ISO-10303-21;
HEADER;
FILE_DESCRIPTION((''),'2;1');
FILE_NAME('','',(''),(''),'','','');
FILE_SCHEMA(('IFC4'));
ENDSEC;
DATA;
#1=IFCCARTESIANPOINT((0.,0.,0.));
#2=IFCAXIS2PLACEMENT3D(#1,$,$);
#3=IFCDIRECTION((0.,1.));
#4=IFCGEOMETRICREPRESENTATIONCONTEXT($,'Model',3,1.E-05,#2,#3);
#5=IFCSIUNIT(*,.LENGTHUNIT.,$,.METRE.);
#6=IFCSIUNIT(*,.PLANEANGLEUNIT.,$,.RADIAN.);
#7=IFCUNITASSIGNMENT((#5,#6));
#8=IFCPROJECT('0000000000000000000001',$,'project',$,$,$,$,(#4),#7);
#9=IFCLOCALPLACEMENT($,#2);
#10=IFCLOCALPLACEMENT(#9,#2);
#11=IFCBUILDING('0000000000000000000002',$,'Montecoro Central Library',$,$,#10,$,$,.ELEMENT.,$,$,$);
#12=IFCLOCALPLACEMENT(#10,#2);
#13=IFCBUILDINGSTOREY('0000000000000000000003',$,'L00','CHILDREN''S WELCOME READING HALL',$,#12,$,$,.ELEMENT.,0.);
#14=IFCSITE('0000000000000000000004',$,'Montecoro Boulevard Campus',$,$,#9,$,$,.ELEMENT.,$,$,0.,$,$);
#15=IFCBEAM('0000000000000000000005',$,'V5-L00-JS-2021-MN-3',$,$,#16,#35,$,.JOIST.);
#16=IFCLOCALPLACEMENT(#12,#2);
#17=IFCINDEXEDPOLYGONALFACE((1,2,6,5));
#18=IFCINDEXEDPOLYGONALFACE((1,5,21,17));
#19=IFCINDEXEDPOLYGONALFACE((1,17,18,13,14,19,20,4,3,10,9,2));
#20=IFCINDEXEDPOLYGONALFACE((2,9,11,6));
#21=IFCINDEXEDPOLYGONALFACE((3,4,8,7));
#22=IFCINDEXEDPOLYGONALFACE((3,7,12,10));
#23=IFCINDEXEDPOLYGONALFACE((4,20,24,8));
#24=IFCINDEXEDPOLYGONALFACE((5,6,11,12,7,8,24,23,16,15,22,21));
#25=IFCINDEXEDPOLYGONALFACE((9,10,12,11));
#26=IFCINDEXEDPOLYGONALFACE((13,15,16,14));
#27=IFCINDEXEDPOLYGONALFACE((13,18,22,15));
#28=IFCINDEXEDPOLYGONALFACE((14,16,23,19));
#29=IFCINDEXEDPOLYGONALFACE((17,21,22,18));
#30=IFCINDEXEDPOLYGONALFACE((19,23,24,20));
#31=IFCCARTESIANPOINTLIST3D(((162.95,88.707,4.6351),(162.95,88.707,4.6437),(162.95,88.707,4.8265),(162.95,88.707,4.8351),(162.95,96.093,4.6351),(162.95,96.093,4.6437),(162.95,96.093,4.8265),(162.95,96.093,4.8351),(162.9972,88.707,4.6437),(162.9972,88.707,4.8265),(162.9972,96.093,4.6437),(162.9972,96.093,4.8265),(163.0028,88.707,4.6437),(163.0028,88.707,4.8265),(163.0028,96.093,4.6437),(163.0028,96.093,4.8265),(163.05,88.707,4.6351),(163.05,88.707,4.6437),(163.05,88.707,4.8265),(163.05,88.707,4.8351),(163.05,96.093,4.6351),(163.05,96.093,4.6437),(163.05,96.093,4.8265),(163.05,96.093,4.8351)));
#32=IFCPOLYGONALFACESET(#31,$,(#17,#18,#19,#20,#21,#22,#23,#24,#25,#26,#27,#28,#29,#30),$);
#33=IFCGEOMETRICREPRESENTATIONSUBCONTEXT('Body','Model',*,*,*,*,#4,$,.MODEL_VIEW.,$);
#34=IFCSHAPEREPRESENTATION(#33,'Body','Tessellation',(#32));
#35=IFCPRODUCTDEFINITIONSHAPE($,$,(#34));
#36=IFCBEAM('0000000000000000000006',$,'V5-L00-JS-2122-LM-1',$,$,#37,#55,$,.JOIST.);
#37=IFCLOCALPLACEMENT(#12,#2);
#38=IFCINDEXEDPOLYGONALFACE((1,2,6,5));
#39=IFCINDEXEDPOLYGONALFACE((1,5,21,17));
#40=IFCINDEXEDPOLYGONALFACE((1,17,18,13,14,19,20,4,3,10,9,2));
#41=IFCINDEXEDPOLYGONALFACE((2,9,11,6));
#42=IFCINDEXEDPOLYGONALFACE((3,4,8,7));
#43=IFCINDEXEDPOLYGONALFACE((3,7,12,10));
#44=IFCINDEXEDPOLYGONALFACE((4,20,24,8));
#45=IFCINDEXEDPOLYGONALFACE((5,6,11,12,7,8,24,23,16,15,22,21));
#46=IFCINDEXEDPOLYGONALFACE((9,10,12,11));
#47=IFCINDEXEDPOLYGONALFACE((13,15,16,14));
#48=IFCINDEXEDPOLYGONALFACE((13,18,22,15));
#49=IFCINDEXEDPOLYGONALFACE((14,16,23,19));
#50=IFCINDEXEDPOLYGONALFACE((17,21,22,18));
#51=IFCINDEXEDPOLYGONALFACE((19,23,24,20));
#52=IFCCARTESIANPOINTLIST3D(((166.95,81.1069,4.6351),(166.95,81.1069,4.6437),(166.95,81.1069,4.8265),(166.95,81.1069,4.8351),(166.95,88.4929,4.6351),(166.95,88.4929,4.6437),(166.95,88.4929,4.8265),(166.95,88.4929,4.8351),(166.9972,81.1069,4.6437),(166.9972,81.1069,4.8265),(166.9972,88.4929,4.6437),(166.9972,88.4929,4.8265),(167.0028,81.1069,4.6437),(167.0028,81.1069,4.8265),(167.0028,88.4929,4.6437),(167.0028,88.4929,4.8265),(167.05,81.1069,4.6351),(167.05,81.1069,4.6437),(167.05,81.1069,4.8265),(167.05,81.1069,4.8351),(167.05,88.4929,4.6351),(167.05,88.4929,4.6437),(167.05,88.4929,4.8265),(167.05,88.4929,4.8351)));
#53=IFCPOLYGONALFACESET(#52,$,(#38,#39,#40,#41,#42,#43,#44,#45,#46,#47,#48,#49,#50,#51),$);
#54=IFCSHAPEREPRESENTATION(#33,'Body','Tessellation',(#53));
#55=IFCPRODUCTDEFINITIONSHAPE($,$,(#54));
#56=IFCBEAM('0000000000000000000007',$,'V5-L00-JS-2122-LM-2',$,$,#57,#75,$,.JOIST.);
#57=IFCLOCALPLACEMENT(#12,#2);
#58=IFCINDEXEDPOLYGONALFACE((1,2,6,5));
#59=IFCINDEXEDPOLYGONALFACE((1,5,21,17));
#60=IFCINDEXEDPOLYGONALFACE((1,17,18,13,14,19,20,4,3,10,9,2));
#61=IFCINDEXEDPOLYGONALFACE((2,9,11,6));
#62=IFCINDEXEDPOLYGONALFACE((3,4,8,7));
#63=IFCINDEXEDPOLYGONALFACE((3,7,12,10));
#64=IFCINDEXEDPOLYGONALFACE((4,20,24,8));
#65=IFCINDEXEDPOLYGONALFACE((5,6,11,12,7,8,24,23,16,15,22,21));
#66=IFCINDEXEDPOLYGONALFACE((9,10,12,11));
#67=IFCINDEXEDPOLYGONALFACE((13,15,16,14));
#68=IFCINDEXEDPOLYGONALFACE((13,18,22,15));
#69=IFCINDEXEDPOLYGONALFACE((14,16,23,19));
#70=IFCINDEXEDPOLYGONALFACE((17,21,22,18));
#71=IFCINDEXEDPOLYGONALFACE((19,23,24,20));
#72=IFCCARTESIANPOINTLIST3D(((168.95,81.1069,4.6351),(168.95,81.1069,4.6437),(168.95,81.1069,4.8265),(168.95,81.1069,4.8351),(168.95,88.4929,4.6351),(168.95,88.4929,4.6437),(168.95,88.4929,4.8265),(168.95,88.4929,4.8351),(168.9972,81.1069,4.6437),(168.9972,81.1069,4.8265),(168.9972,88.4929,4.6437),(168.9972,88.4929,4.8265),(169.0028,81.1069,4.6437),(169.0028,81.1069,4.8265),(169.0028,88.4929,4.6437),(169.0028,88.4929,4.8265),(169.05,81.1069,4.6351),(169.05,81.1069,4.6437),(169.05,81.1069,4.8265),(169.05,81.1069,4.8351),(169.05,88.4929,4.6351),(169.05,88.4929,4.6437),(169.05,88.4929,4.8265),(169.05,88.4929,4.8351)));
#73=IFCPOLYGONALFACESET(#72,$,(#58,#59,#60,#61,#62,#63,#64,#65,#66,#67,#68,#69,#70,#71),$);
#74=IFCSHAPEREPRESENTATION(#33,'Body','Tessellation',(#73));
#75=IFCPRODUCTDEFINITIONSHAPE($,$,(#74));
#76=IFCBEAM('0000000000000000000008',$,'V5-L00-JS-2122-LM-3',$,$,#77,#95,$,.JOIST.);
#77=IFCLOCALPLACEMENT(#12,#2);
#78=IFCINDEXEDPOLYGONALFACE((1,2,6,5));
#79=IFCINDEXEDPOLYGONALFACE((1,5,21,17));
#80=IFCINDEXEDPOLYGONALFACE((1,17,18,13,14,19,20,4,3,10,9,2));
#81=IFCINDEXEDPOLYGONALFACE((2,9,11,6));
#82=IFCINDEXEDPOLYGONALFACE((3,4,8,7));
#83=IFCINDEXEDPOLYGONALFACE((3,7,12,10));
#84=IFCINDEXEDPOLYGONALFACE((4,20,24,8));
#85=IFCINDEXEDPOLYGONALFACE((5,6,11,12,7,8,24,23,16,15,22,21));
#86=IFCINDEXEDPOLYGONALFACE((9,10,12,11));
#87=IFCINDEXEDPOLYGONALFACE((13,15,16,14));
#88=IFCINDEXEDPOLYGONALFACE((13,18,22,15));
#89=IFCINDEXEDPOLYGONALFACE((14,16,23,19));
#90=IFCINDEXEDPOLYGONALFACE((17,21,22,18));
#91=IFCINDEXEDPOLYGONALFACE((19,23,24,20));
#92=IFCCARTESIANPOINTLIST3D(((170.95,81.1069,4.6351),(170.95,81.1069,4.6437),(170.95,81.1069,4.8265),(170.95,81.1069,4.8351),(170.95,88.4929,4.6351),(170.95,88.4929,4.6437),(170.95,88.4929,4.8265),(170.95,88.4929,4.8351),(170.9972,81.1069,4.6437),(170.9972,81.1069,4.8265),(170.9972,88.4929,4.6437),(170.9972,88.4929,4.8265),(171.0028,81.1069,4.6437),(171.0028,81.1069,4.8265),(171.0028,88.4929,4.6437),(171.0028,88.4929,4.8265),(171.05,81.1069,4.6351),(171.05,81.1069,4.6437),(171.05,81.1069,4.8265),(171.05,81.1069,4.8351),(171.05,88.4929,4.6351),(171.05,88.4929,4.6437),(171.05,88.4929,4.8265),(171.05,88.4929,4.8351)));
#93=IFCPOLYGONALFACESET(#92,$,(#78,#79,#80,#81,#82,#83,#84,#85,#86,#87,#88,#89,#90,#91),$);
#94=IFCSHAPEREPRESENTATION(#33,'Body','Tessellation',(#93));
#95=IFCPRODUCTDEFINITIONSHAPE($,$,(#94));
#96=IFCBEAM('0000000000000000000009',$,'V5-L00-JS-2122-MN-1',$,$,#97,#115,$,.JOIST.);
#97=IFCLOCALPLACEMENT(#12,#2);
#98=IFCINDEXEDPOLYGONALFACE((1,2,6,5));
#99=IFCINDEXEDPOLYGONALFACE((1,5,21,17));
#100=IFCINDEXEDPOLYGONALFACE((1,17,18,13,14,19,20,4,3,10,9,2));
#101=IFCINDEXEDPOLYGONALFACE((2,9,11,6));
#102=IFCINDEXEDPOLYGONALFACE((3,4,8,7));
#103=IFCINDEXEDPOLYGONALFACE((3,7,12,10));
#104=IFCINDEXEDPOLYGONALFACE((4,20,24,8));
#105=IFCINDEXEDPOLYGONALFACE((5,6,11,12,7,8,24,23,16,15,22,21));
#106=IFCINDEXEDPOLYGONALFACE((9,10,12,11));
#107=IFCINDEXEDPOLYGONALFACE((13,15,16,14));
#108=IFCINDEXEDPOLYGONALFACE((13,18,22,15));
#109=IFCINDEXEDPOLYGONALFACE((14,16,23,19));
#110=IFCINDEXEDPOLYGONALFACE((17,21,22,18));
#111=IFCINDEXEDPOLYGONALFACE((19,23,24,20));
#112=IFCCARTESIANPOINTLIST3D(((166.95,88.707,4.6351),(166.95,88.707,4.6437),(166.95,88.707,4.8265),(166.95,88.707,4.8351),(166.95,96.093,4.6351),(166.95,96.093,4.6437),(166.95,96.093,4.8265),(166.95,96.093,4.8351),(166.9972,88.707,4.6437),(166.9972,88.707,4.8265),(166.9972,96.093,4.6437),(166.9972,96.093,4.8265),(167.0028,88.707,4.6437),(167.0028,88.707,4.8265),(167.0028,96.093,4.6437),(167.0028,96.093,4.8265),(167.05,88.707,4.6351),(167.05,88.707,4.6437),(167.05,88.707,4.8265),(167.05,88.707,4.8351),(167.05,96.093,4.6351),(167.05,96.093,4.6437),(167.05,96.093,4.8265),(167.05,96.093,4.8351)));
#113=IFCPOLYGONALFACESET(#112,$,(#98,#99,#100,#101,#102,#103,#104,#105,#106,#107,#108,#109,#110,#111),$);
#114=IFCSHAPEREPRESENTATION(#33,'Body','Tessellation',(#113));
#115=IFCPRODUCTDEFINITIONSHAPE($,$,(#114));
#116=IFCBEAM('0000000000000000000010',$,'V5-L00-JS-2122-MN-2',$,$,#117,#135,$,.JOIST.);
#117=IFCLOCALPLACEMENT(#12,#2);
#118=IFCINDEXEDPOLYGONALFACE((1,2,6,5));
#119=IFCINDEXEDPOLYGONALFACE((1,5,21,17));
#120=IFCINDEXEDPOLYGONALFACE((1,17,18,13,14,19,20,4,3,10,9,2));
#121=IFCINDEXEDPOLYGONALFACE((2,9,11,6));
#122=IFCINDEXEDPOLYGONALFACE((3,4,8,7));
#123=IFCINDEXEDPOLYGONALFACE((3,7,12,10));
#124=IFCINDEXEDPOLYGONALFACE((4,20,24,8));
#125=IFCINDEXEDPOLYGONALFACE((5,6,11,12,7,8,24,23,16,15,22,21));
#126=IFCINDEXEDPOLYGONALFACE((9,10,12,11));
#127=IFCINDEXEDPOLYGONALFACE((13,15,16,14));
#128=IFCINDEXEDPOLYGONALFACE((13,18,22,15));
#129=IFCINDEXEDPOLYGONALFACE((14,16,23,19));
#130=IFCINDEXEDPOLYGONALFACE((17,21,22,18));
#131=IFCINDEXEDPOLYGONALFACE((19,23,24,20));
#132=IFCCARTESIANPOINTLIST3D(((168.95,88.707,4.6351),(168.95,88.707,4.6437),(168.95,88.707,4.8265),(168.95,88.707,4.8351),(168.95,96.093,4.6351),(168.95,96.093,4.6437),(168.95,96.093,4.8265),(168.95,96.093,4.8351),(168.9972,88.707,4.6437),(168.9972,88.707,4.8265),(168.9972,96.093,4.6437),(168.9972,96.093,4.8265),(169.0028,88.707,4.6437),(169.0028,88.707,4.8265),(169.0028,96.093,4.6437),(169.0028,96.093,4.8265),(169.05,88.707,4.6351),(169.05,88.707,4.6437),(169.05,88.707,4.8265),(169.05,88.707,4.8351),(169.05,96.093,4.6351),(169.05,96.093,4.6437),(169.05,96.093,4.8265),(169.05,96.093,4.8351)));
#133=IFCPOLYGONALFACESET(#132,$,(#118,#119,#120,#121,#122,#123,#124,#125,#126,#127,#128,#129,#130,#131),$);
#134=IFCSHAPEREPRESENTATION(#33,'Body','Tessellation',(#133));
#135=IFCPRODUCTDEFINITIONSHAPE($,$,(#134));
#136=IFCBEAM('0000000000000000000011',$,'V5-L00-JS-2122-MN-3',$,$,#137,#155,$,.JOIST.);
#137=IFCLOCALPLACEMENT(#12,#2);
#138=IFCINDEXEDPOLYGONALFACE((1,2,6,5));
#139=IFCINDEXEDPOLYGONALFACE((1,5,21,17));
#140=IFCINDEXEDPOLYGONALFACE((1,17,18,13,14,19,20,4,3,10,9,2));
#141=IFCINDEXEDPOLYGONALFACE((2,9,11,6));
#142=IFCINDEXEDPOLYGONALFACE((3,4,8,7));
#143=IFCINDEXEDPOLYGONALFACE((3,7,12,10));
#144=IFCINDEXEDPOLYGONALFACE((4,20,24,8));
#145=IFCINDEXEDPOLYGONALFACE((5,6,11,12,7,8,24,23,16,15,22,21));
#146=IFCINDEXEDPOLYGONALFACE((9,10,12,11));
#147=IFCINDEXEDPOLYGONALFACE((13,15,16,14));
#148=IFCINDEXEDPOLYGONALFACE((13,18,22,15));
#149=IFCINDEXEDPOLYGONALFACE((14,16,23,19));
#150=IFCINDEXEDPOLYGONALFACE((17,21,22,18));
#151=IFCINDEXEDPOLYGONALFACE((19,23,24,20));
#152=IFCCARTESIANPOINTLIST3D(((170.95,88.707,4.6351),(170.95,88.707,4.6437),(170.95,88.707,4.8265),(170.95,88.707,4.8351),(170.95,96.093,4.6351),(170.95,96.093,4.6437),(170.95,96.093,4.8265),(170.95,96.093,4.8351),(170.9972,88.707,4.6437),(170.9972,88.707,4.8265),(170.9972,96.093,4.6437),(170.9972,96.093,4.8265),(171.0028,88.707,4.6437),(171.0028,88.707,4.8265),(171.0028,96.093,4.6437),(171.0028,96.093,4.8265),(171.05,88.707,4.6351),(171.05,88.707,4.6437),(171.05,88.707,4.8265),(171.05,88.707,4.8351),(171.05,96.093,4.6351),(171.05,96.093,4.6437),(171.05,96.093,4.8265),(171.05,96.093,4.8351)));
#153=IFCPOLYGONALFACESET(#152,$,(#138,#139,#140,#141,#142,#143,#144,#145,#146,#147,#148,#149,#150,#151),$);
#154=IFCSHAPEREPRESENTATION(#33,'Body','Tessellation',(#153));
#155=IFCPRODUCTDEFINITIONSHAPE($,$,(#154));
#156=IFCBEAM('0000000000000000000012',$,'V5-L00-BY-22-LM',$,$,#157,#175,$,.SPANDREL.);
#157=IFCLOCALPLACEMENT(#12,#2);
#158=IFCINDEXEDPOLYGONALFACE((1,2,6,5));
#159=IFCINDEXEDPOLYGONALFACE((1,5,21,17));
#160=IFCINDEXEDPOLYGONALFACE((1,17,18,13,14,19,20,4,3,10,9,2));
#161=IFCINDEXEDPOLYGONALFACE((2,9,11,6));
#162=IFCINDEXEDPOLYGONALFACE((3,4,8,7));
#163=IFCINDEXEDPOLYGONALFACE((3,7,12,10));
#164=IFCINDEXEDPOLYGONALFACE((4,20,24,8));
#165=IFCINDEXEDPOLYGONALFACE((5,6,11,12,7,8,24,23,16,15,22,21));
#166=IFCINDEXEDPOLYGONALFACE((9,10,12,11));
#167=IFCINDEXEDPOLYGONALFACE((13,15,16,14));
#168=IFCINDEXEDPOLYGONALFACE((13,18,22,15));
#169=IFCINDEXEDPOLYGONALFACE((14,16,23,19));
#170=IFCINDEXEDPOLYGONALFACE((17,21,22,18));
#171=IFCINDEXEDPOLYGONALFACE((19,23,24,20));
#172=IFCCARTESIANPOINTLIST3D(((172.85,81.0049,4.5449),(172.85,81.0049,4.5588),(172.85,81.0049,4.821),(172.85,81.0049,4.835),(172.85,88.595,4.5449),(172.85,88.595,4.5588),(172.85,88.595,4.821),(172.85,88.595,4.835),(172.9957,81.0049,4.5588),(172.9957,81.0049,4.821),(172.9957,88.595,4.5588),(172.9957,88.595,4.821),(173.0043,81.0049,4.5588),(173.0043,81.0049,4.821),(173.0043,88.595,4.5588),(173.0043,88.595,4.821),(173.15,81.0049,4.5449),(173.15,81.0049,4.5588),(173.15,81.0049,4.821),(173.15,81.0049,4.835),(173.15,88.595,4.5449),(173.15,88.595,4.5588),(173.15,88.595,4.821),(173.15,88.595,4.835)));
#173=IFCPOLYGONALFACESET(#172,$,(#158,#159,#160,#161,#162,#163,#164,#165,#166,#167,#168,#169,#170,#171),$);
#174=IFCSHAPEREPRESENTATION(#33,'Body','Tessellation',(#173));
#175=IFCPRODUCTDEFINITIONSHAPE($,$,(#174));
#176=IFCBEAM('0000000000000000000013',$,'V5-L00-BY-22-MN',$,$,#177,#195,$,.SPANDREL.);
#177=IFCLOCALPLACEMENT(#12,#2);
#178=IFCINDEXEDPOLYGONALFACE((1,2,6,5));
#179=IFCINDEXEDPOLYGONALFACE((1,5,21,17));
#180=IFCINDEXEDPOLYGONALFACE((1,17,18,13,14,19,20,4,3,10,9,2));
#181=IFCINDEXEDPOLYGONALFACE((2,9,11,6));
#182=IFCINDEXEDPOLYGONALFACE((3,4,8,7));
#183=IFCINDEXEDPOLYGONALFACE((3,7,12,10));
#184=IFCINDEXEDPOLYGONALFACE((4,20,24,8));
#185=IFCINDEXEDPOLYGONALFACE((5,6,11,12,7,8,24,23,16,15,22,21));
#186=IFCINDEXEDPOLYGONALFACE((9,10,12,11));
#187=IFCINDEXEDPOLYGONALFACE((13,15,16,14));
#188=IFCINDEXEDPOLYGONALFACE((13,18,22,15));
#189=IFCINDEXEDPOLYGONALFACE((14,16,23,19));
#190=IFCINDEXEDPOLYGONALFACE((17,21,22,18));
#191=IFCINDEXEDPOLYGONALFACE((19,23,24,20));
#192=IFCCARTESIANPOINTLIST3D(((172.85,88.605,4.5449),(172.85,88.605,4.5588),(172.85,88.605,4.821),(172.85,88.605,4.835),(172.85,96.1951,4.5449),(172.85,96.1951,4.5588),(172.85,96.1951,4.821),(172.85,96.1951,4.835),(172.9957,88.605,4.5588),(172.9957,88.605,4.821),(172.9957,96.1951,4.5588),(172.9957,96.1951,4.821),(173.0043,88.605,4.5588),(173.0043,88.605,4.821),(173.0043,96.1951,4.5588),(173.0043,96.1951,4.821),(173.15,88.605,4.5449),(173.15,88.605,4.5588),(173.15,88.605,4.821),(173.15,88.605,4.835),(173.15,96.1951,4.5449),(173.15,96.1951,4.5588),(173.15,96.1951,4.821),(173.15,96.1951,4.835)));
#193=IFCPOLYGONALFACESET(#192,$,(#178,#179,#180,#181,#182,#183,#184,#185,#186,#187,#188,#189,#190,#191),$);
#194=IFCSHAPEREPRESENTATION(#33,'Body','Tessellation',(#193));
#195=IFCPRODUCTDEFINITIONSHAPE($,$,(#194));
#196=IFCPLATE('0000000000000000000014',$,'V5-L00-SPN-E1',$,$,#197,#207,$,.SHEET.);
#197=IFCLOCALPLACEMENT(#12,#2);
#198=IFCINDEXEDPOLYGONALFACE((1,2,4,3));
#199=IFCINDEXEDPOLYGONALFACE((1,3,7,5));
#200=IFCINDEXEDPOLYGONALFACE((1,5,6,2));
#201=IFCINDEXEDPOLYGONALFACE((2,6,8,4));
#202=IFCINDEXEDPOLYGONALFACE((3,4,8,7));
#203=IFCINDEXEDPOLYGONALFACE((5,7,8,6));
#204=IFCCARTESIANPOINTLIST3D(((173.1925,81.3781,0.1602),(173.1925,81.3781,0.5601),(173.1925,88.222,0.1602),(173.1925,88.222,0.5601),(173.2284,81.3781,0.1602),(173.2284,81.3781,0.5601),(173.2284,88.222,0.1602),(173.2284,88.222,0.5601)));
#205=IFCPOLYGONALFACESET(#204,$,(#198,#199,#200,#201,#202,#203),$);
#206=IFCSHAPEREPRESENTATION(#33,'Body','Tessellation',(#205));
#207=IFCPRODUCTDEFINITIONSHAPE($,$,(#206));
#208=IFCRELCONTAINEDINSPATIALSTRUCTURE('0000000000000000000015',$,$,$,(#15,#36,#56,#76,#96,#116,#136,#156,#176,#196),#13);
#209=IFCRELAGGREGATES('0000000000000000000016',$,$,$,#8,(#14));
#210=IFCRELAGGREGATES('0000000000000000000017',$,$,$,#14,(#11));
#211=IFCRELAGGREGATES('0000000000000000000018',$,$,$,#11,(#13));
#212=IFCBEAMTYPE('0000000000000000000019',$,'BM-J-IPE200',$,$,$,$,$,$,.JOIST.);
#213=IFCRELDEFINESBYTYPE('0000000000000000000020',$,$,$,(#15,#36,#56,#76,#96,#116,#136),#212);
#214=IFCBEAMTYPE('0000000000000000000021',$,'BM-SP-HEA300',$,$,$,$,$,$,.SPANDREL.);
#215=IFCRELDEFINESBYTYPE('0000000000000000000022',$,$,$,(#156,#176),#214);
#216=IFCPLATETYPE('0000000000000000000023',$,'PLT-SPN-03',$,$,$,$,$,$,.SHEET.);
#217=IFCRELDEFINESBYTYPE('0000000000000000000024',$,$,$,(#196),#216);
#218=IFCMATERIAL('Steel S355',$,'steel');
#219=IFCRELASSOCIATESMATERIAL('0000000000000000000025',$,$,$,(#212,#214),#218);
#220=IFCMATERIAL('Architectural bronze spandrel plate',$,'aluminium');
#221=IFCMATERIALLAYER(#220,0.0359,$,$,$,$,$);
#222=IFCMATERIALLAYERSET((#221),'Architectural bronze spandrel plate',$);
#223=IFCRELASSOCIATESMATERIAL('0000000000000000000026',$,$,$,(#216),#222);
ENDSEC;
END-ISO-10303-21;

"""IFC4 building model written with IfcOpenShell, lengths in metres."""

from ifc_helpers import new_model, si_unit, direction, frame, origin, origin_2d, place, context, subcontext, project, spatial, rectangle, i_section, extrude, material, layer, layer_set, material_profile, profile_set, type_object, element, save


model = new_model("IFC4")

# Units and contexts
model_context = context("Model", 3, precision=1e-05, world=origin(), true_north=direction((0.0, 1.0)))
body_context = subcontext(model_context, "Body", "Model", "MODEL_VIEW")
ifc_project = project(units=[si_unit("LENGTHUNIT", "METRE"), si_unit("PLANEANGLEUNIT", "RADIAN")], contexts=[model_context])

# Site, building, storey
site_placement = place(None, origin())
site = spatial("IfcSite", under=ifc_project, at=site_placement, Name="Montecoro Boulevard Campus", CompositionType="ELEMENT", RefElevation=0.0)
building_placement = place(site_placement, origin())
building = spatial("IfcBuilding", under=site, at=building_placement, Name="Montecoro Central Library", CompositionType="ELEMENT")
storey_placement = place(building_placement, origin())
storey = spatial("IfcBuildingStorey", under=building, at=storey_placement, Name="L00", Description="CHILDREN'S WELCOME READING HALL", CompositionType="ELEMENT", Elevation=0.0)

# Beams
ifc_material_1 = material(Name="Steel S355", Category="steel")
ifc_material_profile_1 = material_profile(ifc_material_1, i_section(OverallWidth=0.1001, OverallDepth=0.2, WebThickness=0.0056, FlangeThickness=0.0085, at=origin_2d()), Name="IPE 200")
ifc_profile_set_1 = profile_set([ifc_material_profile_1], Name="Steel S355")
beam_type_1 = type_object("IfcBeamType", Name="BM-J-IPE200", PredefinedType="JOIST", material=ifc_profile_set_1)
for number, where, z_axis, x_axis, name in (
    (1, (163.0, 88.707, 4.7351), (0.0, 1.0, 0.0), (-1.0, 0.0, 0.0), "V5-L00-JS-2021-MN-3"),
    (2, (167.0, 81.1069, 4.7351), (0.0, 1.0, 0.0), (-1.0, 0.0, 0.0), "V5-L00-JS-2122-LM-1"),
    (3, (169.0, 81.1069, 4.7351), (0.0, 1.0, 0.0), (-1.0, 0.0, 0.0), "V5-L00-JS-2122-LM-2"),
    (4, (171.0, 81.1069, 4.7351), (0.0, 1.0, 0.0), (-1.0, 0.0, 0.0), "V5-L00-JS-2122-LM-3"),
    (5, (167.0, 88.707, 4.7351), (0.0, 1.0, 0.0), (-1.0, 0.0, 0.0), "V5-L00-JS-2122-MN-1"),
    (6, (169.0, 88.707, 4.7351), (0.0, 1.0, 0.0), (-1.0, 0.0, 0.0), "V5-L00-JS-2122-MN-2"),
    (7, (171.0, 88.707, 4.7351), (0.0, 1.0, 0.0), (-1.0, 0.0, 0.0), "V5-L00-JS-2122-MN-3"),
):
    element("IfcBeam", number, at=place(storey_placement, frame(where, z_axis=z_axis, x_axis=x_axis)), inside=storey, type_object=beam_type_1, Name=name, PredefinedType="JOIST", context=body_context, shape_type="SweptSolid", body=[
        extrude(i_section(OverallWidth=0.1001, OverallDepth=0.2, WebThickness=0.0056, FlangeThickness=0.0085, at=origin_2d()), origin(), (0.0, 0.0, 1.0), 7.386),
    ])
ifc_material_profile_2 = material_profile(ifc_material_1, i_section(OverallWidth=0.3, OverallDepth=0.29, WebThickness=0.0085, FlangeThickness=0.0139, at=origin_2d()), Name="HEA 300")
ifc_profile_set_2 = profile_set([ifc_material_profile_2], Name="Steel S355")
beam_type_2 = type_object("IfcBeamType", Name="BM-SP-HEA300", PredefinedType="SPANDREL", material=ifc_profile_set_2)
for number, where, z_axis, x_axis, name in (
    (8, (173.0, 81.0049, 4.6899), (0.0, 1.0, 0.0), (-1.0, 0.0, 0.0), "V5-L00-BY-22-LM"),
    (9, (173.0, 88.605, 4.6899), (0.0, 1.0, 0.0), (-1.0, 0.0, 0.0), "V5-L00-BY-22-MN"),
):
    element("IfcBeam", number, at=place(storey_placement, frame(where, z_axis=z_axis, x_axis=x_axis)), inside=storey, type_object=beam_type_2, Name=name, PredefinedType="SPANDREL", context=body_context, shape_type="SweptSolid", body=[
        extrude(i_section(OverallWidth=0.3, OverallDepth=0.29, WebThickness=0.0085, FlangeThickness=0.0139, at=origin_2d()), origin(), (0.0, 0.0, 1.0), 7.5901),
    ])

# Plate
ifc_material_2 = material(Name="Architectural bronze spandrel plate", Category="aluminium")
ifc_layer_1 = layer(ifc_material_2, 0.0359)
ifc_layer_set_1 = layer_set([ifc_layer_1], Name="Architectural bronze spandrel plate")
plate_type = type_object("IfcPlateType", Name="PLT-SPN-03", PredefinedType="SHEET", material=ifc_layer_set_1)
plate_placement = place(storey_placement, frame((173.2104, 84.8, 0.1602), z_axis=(0.0, 0.0, 1.0), x_axis=(0.0, 1.0, 0.0)))
element("IfcPlate", 10, at=plate_placement, inside=storey, type_object=plate_type, Name="V5-L00-SPN-E1", PredefinedType="SHEET", context=body_context, shape_type="SweptSolid", body=[
    extrude(rectangle(XDim=6.844, YDim=0.0359, at=origin_2d()), origin(), (0.0, 0.0, 1.0), 0.3999),
])

save(model, "model.ifc")
